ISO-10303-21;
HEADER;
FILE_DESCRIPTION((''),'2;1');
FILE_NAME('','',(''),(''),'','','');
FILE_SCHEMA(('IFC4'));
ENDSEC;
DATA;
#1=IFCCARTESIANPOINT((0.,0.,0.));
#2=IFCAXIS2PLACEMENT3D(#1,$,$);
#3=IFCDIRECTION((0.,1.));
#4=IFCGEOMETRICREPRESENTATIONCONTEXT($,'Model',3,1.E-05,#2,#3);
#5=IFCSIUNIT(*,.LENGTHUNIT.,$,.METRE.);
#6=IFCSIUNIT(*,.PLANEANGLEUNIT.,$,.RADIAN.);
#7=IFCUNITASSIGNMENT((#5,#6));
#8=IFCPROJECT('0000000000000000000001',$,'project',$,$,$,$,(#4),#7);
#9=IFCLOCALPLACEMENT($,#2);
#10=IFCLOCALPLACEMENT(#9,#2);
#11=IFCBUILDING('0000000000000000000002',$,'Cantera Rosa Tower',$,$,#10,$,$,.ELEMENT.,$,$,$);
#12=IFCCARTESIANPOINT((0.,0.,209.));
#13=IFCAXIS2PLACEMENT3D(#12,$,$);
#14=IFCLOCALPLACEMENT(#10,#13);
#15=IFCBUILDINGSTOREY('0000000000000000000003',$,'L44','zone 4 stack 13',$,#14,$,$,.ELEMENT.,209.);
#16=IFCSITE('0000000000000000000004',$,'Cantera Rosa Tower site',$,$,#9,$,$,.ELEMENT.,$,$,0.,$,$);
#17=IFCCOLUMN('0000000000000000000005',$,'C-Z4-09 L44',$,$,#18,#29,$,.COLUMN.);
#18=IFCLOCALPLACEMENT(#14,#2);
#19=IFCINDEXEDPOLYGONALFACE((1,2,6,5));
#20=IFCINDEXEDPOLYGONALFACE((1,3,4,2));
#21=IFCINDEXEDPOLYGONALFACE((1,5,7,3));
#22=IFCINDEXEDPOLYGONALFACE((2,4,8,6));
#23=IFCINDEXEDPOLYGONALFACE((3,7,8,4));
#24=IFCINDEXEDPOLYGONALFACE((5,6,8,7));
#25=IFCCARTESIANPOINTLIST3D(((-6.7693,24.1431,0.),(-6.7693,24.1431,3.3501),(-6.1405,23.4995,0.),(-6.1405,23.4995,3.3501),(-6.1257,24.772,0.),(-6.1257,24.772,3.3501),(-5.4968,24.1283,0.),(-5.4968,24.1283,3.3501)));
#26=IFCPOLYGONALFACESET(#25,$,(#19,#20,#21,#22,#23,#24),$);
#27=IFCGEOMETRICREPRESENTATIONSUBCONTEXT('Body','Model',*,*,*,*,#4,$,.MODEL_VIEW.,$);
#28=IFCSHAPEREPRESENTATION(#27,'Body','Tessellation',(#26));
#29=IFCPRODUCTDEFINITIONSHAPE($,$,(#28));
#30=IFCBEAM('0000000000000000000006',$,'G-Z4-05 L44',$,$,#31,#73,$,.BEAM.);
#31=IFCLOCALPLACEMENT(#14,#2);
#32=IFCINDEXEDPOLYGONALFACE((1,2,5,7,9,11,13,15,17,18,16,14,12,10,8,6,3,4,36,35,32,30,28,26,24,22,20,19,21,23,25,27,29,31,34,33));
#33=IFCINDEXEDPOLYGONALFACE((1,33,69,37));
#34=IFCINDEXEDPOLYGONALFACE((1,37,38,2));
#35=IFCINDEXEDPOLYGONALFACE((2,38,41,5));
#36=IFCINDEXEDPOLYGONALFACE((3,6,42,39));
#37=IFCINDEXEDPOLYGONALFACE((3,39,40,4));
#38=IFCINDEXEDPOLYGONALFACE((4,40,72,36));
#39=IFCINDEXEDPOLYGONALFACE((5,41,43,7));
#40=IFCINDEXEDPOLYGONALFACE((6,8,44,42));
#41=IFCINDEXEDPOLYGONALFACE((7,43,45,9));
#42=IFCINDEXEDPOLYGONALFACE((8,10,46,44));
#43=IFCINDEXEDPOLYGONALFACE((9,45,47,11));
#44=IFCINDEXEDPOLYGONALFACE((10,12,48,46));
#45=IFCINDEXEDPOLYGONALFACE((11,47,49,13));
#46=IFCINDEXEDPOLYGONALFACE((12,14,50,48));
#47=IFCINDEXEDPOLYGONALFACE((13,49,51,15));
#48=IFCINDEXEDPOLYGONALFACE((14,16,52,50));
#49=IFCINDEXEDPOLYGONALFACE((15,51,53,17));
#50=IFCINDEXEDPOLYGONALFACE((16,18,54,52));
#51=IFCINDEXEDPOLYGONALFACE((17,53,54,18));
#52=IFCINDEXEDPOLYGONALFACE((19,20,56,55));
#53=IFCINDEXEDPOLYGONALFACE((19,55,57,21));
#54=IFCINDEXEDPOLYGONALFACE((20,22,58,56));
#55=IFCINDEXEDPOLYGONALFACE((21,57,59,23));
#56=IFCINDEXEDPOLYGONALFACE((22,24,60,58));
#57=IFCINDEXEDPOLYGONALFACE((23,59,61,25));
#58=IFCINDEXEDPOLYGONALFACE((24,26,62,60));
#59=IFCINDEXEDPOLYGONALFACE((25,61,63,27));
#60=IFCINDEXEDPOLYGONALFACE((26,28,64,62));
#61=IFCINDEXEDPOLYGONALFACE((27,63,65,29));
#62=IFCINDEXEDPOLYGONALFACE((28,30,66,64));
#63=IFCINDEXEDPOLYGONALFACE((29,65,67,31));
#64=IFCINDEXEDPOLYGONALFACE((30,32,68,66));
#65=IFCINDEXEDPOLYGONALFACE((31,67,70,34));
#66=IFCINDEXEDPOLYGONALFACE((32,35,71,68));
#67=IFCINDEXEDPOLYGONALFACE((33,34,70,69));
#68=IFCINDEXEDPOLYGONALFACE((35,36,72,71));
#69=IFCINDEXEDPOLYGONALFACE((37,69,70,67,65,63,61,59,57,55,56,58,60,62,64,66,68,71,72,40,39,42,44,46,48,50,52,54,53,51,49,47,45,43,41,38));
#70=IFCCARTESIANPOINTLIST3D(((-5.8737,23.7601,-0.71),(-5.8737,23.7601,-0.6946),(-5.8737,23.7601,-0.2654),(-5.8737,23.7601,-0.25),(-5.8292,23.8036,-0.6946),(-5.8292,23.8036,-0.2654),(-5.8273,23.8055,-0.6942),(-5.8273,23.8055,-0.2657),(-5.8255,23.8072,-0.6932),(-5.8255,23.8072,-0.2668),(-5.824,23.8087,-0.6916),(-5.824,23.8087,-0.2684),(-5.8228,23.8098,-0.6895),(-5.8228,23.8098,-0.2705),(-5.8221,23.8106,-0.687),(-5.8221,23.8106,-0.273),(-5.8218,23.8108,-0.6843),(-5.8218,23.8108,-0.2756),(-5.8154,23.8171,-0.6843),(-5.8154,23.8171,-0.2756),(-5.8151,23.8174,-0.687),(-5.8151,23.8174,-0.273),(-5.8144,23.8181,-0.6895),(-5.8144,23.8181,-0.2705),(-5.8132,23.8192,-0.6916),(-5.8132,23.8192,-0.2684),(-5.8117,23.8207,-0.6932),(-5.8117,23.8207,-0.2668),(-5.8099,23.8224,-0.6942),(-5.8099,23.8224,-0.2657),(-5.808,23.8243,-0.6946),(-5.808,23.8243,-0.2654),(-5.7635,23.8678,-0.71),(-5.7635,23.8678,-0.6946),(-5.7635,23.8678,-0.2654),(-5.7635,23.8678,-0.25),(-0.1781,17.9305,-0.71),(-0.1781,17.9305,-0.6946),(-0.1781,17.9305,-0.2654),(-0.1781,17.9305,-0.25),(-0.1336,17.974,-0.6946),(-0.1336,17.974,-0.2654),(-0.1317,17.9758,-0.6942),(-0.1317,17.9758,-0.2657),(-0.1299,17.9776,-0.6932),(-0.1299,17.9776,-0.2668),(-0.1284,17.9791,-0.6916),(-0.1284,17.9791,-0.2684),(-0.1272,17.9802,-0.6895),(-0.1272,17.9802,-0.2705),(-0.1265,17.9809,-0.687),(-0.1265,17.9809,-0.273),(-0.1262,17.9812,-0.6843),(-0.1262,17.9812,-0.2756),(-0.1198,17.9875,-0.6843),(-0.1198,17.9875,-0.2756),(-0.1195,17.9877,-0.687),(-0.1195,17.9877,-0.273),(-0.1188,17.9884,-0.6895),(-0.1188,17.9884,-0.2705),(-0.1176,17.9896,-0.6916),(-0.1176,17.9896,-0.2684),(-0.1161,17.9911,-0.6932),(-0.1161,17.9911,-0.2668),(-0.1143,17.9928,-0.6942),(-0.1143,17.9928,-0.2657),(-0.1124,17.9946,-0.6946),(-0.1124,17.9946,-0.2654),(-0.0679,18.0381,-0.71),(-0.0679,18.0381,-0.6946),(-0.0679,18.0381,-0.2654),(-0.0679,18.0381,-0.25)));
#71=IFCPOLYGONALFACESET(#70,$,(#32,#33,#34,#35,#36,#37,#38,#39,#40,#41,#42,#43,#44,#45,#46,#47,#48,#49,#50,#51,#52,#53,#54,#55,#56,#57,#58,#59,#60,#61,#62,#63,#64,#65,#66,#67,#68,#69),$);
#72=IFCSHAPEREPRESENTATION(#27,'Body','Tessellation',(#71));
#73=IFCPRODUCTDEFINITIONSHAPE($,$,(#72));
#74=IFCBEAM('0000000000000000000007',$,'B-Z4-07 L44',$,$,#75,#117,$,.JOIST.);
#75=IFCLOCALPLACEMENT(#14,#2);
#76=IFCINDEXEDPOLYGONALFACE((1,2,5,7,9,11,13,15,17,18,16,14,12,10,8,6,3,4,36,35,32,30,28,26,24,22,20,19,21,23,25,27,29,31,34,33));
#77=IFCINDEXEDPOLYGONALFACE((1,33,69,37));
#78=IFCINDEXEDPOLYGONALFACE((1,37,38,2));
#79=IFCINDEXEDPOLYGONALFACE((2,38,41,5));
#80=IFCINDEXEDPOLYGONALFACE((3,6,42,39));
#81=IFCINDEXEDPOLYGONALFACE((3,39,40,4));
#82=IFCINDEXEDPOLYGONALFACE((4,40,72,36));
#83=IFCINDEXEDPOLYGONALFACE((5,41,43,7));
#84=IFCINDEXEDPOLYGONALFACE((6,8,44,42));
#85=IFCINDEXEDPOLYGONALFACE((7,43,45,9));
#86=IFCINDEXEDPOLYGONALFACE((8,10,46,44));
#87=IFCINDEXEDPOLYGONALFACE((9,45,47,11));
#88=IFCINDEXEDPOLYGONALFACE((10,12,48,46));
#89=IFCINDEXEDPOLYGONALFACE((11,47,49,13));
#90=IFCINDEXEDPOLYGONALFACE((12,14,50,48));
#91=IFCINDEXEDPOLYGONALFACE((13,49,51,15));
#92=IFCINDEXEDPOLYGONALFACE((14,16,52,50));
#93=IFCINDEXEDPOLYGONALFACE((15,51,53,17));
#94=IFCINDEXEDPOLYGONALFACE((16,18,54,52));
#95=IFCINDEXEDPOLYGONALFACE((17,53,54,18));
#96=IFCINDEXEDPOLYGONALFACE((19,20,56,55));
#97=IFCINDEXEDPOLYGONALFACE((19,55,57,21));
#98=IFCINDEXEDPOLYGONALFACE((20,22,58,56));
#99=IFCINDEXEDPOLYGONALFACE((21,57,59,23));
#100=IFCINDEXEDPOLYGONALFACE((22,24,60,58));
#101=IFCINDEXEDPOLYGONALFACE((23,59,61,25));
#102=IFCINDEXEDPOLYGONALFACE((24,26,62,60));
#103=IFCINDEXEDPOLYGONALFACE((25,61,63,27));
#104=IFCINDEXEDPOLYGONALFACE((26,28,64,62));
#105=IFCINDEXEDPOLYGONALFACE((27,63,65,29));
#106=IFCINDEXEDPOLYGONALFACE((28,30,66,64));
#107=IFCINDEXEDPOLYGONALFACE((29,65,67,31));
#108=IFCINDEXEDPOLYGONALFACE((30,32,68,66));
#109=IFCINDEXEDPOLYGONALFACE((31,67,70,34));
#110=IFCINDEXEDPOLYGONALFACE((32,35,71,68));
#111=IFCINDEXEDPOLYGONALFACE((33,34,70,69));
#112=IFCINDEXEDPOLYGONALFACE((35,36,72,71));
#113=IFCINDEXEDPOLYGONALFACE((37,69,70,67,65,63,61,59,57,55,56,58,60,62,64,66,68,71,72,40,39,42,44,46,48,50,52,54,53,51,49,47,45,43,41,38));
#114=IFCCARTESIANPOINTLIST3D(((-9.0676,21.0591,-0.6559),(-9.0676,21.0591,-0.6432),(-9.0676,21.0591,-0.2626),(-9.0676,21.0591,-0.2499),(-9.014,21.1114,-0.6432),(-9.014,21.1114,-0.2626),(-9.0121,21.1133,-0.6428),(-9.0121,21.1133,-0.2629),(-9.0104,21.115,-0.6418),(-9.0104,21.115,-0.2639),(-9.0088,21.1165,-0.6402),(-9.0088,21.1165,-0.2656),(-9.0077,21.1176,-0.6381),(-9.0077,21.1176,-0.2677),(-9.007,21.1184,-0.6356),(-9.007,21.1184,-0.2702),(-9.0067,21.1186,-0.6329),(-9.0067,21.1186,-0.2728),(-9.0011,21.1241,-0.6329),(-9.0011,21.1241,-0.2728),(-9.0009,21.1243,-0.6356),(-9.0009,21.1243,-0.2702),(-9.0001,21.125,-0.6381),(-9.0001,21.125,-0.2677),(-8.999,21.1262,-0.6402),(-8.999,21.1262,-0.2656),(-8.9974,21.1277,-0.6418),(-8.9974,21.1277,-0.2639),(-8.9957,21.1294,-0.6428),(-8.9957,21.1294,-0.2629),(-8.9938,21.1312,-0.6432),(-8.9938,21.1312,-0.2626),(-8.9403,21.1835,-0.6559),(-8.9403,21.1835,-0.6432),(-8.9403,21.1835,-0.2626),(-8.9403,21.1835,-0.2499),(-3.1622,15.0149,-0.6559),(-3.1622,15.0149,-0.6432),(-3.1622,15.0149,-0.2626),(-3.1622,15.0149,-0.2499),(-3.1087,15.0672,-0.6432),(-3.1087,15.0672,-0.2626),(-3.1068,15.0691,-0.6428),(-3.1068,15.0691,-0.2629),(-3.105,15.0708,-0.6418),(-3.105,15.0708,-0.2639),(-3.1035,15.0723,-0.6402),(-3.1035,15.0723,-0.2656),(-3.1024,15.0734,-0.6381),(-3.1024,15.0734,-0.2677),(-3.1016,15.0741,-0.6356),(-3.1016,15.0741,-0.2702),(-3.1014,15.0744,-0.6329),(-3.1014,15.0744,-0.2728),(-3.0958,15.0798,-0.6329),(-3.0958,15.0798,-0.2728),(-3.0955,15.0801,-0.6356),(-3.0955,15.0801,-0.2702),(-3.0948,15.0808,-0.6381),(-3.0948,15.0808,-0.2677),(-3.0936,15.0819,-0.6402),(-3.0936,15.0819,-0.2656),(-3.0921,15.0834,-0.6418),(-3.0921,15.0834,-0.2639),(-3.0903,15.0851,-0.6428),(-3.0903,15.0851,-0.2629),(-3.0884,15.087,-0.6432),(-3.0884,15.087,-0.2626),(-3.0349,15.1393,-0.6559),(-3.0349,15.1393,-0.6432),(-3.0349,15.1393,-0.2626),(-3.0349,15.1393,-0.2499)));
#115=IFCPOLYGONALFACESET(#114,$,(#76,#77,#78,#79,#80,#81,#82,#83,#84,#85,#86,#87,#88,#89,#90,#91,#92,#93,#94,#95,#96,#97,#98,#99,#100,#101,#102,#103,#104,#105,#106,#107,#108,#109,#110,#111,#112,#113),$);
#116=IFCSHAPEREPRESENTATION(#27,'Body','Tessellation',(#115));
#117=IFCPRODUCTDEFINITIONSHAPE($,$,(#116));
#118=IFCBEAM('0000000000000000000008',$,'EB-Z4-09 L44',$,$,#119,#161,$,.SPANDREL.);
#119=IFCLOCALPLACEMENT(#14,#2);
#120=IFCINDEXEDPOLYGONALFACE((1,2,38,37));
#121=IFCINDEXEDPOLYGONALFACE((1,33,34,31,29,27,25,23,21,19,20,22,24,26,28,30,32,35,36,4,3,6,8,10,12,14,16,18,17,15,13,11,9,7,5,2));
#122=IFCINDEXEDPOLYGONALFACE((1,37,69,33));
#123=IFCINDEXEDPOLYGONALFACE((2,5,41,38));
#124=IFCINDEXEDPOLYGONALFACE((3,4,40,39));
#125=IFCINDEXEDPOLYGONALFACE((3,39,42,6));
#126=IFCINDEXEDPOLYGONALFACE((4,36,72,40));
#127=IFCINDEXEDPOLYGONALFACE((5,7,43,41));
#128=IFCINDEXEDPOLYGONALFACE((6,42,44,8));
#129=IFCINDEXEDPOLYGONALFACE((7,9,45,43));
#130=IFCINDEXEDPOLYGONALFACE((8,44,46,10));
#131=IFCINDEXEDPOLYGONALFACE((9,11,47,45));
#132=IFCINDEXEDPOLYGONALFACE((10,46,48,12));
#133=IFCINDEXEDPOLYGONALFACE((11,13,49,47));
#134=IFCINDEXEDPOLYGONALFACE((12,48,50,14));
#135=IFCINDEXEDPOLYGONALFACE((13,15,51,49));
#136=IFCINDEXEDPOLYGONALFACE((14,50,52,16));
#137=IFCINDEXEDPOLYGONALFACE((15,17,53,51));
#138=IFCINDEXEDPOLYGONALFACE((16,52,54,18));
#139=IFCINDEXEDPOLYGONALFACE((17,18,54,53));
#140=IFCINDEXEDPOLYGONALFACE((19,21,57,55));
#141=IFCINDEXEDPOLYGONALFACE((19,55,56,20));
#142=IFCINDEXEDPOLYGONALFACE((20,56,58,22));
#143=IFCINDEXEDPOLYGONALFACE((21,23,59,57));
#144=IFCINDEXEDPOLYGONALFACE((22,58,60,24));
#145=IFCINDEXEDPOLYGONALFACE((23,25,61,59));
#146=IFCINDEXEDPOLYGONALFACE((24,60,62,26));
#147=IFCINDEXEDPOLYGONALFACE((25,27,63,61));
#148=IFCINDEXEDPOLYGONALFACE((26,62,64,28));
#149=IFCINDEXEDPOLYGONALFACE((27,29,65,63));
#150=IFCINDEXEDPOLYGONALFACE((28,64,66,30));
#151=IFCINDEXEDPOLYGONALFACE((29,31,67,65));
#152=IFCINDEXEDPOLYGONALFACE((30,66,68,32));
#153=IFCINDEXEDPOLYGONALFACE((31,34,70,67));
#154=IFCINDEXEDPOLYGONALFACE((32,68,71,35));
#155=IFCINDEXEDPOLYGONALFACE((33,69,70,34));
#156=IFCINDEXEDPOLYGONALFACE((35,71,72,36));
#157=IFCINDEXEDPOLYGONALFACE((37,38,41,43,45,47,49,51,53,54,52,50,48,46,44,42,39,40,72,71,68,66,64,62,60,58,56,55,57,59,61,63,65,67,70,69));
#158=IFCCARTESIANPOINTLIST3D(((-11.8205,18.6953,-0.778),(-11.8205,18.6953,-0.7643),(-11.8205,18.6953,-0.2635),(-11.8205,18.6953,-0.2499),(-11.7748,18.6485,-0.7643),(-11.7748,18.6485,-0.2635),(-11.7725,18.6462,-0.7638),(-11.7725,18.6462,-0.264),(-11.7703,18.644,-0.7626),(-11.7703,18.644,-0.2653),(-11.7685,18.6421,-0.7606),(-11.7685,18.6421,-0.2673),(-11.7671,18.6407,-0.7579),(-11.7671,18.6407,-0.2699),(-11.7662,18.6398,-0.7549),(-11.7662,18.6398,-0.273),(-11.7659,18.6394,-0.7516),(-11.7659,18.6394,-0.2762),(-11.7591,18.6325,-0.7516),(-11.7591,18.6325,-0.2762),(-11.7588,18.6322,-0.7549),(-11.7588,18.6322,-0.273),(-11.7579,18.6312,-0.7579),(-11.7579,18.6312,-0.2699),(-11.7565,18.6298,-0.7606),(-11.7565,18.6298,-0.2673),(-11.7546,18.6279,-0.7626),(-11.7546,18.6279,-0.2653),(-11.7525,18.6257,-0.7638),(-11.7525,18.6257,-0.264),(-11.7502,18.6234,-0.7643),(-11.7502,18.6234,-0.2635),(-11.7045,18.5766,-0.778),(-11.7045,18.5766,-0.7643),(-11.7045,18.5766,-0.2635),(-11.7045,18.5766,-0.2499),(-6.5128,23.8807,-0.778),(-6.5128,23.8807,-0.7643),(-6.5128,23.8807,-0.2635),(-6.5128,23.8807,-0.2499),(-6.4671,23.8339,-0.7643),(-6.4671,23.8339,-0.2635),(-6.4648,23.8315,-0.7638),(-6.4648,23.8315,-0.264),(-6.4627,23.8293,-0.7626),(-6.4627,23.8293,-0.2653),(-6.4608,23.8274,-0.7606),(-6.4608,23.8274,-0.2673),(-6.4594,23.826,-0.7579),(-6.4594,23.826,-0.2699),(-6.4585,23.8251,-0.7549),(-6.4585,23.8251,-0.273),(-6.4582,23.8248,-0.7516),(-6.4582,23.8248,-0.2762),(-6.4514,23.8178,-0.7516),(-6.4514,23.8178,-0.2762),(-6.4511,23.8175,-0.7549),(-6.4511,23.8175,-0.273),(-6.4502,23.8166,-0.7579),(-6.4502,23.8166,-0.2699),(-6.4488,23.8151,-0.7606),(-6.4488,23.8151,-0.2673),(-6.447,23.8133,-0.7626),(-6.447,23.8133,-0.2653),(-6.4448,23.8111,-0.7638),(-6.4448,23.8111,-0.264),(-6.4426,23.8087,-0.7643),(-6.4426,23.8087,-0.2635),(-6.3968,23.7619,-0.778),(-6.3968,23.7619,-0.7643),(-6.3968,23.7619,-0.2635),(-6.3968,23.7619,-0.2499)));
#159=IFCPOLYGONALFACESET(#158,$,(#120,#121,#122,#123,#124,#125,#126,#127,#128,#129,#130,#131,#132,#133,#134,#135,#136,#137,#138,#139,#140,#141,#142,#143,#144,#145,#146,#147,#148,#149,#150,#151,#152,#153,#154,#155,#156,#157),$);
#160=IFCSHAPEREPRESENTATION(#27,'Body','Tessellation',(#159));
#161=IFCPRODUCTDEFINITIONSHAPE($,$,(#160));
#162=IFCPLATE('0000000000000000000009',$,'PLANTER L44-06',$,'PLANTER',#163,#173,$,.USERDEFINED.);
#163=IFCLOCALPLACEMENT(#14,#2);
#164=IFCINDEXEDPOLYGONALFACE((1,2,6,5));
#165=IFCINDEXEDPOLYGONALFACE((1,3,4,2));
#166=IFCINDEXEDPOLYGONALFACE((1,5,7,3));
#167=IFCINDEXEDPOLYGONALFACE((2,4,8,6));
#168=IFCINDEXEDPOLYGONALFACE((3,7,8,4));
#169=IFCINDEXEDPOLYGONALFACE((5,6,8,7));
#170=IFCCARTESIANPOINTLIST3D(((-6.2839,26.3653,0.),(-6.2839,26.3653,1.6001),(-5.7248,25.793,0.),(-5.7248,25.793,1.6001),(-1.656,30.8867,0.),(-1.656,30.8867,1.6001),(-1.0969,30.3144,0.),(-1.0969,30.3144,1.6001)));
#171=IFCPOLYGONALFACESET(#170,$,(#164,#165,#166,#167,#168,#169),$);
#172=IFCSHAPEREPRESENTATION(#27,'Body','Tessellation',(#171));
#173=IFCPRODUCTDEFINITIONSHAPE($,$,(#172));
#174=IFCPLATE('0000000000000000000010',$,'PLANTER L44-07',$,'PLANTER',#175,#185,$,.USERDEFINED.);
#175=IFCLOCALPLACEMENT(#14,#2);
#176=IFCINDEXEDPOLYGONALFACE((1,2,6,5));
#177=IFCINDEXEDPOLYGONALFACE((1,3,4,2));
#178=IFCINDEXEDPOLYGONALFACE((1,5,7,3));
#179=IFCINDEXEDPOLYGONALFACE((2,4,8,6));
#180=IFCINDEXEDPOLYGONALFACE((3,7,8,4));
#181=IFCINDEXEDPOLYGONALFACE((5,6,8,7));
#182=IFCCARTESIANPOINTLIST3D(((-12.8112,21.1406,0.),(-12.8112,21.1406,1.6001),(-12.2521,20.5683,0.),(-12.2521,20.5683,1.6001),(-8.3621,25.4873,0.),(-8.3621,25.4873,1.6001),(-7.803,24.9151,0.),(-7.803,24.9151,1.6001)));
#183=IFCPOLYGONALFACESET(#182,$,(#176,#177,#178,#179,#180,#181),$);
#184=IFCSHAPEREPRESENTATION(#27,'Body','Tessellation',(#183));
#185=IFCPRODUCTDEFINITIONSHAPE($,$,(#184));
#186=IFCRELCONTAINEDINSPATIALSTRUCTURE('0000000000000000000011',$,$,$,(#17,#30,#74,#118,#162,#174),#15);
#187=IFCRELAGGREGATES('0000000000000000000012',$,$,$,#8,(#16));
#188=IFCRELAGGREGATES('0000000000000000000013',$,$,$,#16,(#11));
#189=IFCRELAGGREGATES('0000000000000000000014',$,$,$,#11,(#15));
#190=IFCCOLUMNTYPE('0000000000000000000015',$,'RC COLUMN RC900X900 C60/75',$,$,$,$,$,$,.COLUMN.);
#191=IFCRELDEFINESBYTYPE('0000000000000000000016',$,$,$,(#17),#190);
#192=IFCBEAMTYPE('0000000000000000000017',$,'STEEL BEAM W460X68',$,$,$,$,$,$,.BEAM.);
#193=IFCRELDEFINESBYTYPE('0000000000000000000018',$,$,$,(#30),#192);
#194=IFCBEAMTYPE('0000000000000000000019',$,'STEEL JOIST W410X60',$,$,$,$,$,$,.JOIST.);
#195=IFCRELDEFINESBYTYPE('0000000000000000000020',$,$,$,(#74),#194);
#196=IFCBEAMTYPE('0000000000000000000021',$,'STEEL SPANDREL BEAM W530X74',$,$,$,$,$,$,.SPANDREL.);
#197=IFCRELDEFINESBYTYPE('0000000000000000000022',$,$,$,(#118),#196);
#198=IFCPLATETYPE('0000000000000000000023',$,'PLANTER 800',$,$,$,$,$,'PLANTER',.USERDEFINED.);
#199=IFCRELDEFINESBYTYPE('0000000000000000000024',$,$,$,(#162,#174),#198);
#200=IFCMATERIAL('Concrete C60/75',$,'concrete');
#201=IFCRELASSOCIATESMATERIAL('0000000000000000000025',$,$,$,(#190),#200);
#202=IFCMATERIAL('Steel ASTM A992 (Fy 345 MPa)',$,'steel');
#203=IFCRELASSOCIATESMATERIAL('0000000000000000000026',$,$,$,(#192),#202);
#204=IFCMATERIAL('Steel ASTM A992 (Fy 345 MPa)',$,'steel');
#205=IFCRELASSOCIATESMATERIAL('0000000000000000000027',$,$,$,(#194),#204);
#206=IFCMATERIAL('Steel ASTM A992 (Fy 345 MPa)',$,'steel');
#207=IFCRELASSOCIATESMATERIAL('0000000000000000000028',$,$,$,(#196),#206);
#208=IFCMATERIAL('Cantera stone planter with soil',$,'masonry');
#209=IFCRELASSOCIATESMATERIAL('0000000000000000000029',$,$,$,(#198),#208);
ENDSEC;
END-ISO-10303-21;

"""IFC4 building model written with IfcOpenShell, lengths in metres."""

from ifc_helpers import new_model, si_unit, direction, frame, origin, origin_2d, place, context, subcontext, project, spatial, rectangle, i_section, extrude, material, material_profile, profile_set, type_object, element, save


model = new_model("IFC4")

# Units and contexts
model_context = context("Model", 3, precision=1e-05, world=origin(), true_north=direction((0.0, 1.0)))
body_context = subcontext(model_context, "Body", "Model", "MODEL_VIEW")
ifc_project = project(units=[si_unit("LENGTHUNIT", "METRE"), si_unit("PLANEANGLEUNIT", "RADIAN")], contexts=[model_context])

# Site, building, storey
site_placement = place(None, origin())
site = spatial("IfcSite", under=ifc_project, at=site_placement, Name="Cantera Rosa Tower site", CompositionType="ELEMENT", RefElevation=0.0)
building_placement = place(site_placement, origin())
building = spatial("IfcBuilding", under=site, at=building_placement, Name="Cantera Rosa Tower", CompositionType="ELEMENT")
storey_placement = place(building_placement, frame((0.0, 0.0, 209.0)))
storey = spatial("IfcBuildingStorey", under=building, at=storey_placement, Name="L44", Description="zone 4 stack 13", CompositionType="ELEMENT", Elevation=209.0)

# Column
ifc_material_1 = material(Name="Concrete C60/75", Category="concrete")
ifc_material_profile_1 = material_profile(ifc_material_1, rectangle(XDim=0.8999, YDim=0.8999, at=origin_2d()), Name="RC COLUMN RC900X900 C60/75")
ifc_profile_set_1 = profile_set([ifc_material_profile_1], Name="Concrete C60/75")
column_type = type_object("IfcColumnType", Name="RC COLUMN RC900X900 C60/75", PredefinedType="COLUMN", material=ifc_profile_set_1)
column_placement = place(storey_placement, frame((-6.1331, 24.1357, 0.0), z_axis=(0.0, 0.0, 1.0), x_axis=(0.715286, 0.698832, 0.0)))
element("IfcColumn", 1, at=column_placement, inside=storey, type_object=column_type, Name="C-Z4-09 L44", PredefinedType="COLUMN", context=body_context, shape_type="SweptSolid", body=[
    extrude(rectangle(XDim=0.8999, YDim=0.8999, at=origin_2d()), origin(), (0.0, 0.0, 1.0), 3.3501),
])

# Beams
ifc_material_2 = material(Name="Steel ASTM A992 (Fy 345 MPa)", Category="steel")
ifc_material_profile_2 = material_profile(ifc_material_2, i_section(OverallWidth=0.1541, OverallDepth=0.46, WebThickness=0.009, FlangeThickness=0.0154, FilletRadius=0.0103, at=origin_2d()), Name="W460X68")
ifc_profile_set_2 = profile_set([ifc_material_profile_2], Name="Steel ASTM A992 (Fy 345 MPa)")
beam_type_1 = type_object("IfcBeamType", Name="STEEL BEAM W460X68", PredefinedType="BEAM", material=ifc_profile_set_2)
beam_1_placement = place(storey_placement, frame((-5.8186, 23.814, -0.48), z_axis=(0.698836, -0.715282, 0.0), x_axis=(0.715282, 0.698836, 0.0)))
element("IfcBeam", 2, at=beam_1_placement, inside=storey, type_object=beam_type_1, Name="G-Z4-05 L44", PredefinedType="BEAM", context=body_context, shape_type="SweptSolid", body=[
    extrude(i_section(OverallWidth=0.1541, OverallDepth=0.46, WebThickness=0.009, FlangeThickness=0.0154, FilletRadius=0.0103, at=origin_2d()), origin(), (0.0, 0.0, 1.0), 8.1501),
])
ifc_material_3 = material(Name="Steel ASTM A992 (Fy 345 MPa)", Category="steel")
ifc_material_profile_3 = material_profile(ifc_material_3, i_section(OverallWidth=0.178, OverallDepth=0.406, WebThickness=0.0078, FlangeThickness=0.0127, FilletRadius=0.0103, at=origin_2d()), Name="W410X60")
ifc_profile_set_3 = profile_set([ifc_material_profile_3], Name="Steel ASTM A992 (Fy 345 MPa)")
beam_type_2 = type_object("IfcBeamType", Name="STEEL JOIST W410X60", PredefinedType="JOIST", material=ifc_profile_set_3)
beam_2_placement = place(storey_placement, frame((-9.0039, 21.1213, -0.4529), z_axis=(0.698839, -0.715279, 0.0), x_axis=(0.715279, 0.698839, 0.0)))
element("IfcBeam", 3, at=beam_2_placement, inside=storey, type_object=beam_type_2, Name="B-Z4-07 L44", PredefinedType="JOIST", context=body_context, shape_type="SweptSolid", body=[
    extrude(i_section(OverallWidth=0.178, OverallDepth=0.406, WebThickness=0.0078, FlangeThickness=0.0127, FilletRadius=0.0103, at=origin_2d()), origin(), (0.0, 0.0, 1.0), 8.4502),
])
ifc_material_4 = material(Name="Steel ASTM A992 (Fy 345 MPa)", Category="steel")
ifc_material_profile_4 = material_profile(ifc_material_4, i_section(OverallWidth=0.166, OverallDepth=0.5281, WebThickness=0.0098, FlangeThickness=0.0137, FilletRadius=0.0127, at=origin_2d()), Name="W530X74")
ifc_profile_set_4 = profile_set([ifc_material_profile_4], Name="Steel ASTM A992 (Fy 345 MPa)")
beam_type_3 = type_object("IfcBeamType", Name="STEEL SPANDREL BEAM W530X74", PredefinedType="SPANDREL", material=ifc_profile_set_4)
beam_3_placement = place(storey_placement, frame((-6.4548, 23.8213, -0.5139), z_axis=(-0.715301, -0.698817, 0.0), x_axis=(0.698817, -0.715301, 0.0)))
element("IfcBeam", 4, at=beam_3_placement, inside=storey, type_object=beam_type_3, Name="EB-Z4-09 L44", PredefinedType="SPANDREL", context=body_context, shape_type="SweptSolid", body=[
    extrude(i_section(OverallWidth=0.166, OverallDepth=0.5281, WebThickness=0.0098, FlangeThickness=0.0137, FilletRadius=0.0127, at=origin_2d()), origin(), (0.0, 0.0, 1.0), 7.4202),
])

# Plates
ifc_material_5 = material(Name="Cantera stone planter with soil", Category="masonry")
plate_type = type_object("IfcPlateType", Name="PLANTER 800", ElementType="PLANTER", PredefinedType="USERDEFINED", material=ifc_material_5)
plate_1_placement = place(storey_placement, frame((-3.6904, 28.3398, 0.0), z_axis=(0.0, 0.0, 1.0), x_axis=(-0.715286, -0.698832, 0.0)))
element("IfcPlate", 5, at=plate_1_placement, inside=storey, type_object=plate_type, Name="PLANTER L44-06", ObjectType="PLANTER", PredefinedType="USERDEFINED", context=body_context, shape_type="SweptSolid", body=[
    extrude(rectangle(XDim=6.47, YDim=0.8, at=origin_2d()), origin(), (0.0, 0.0, 1.0), 1.6001),
])
plate_2_placement = place(storey_placement, frame((-10.3071, 23.0278, 0.0), z_axis=(0.0, 0.0, 1.0), x_axis=(-0.715286, -0.698832, 0.0)))
element("IfcPlate", 6, at=plate_2_placement, inside=storey, type_object=plate_type, Name="PLANTER L44-07", ObjectType="PLANTER", PredefinedType="USERDEFINED", context=body_context, shape_type="SweptSolid", body=[
    extrude(rectangle(XDim=6.22, YDim=0.8, at=origin_2d()), origin(), (0.0, 0.0, 1.0), 1.6001),
])

save(model, "model.ifc")
